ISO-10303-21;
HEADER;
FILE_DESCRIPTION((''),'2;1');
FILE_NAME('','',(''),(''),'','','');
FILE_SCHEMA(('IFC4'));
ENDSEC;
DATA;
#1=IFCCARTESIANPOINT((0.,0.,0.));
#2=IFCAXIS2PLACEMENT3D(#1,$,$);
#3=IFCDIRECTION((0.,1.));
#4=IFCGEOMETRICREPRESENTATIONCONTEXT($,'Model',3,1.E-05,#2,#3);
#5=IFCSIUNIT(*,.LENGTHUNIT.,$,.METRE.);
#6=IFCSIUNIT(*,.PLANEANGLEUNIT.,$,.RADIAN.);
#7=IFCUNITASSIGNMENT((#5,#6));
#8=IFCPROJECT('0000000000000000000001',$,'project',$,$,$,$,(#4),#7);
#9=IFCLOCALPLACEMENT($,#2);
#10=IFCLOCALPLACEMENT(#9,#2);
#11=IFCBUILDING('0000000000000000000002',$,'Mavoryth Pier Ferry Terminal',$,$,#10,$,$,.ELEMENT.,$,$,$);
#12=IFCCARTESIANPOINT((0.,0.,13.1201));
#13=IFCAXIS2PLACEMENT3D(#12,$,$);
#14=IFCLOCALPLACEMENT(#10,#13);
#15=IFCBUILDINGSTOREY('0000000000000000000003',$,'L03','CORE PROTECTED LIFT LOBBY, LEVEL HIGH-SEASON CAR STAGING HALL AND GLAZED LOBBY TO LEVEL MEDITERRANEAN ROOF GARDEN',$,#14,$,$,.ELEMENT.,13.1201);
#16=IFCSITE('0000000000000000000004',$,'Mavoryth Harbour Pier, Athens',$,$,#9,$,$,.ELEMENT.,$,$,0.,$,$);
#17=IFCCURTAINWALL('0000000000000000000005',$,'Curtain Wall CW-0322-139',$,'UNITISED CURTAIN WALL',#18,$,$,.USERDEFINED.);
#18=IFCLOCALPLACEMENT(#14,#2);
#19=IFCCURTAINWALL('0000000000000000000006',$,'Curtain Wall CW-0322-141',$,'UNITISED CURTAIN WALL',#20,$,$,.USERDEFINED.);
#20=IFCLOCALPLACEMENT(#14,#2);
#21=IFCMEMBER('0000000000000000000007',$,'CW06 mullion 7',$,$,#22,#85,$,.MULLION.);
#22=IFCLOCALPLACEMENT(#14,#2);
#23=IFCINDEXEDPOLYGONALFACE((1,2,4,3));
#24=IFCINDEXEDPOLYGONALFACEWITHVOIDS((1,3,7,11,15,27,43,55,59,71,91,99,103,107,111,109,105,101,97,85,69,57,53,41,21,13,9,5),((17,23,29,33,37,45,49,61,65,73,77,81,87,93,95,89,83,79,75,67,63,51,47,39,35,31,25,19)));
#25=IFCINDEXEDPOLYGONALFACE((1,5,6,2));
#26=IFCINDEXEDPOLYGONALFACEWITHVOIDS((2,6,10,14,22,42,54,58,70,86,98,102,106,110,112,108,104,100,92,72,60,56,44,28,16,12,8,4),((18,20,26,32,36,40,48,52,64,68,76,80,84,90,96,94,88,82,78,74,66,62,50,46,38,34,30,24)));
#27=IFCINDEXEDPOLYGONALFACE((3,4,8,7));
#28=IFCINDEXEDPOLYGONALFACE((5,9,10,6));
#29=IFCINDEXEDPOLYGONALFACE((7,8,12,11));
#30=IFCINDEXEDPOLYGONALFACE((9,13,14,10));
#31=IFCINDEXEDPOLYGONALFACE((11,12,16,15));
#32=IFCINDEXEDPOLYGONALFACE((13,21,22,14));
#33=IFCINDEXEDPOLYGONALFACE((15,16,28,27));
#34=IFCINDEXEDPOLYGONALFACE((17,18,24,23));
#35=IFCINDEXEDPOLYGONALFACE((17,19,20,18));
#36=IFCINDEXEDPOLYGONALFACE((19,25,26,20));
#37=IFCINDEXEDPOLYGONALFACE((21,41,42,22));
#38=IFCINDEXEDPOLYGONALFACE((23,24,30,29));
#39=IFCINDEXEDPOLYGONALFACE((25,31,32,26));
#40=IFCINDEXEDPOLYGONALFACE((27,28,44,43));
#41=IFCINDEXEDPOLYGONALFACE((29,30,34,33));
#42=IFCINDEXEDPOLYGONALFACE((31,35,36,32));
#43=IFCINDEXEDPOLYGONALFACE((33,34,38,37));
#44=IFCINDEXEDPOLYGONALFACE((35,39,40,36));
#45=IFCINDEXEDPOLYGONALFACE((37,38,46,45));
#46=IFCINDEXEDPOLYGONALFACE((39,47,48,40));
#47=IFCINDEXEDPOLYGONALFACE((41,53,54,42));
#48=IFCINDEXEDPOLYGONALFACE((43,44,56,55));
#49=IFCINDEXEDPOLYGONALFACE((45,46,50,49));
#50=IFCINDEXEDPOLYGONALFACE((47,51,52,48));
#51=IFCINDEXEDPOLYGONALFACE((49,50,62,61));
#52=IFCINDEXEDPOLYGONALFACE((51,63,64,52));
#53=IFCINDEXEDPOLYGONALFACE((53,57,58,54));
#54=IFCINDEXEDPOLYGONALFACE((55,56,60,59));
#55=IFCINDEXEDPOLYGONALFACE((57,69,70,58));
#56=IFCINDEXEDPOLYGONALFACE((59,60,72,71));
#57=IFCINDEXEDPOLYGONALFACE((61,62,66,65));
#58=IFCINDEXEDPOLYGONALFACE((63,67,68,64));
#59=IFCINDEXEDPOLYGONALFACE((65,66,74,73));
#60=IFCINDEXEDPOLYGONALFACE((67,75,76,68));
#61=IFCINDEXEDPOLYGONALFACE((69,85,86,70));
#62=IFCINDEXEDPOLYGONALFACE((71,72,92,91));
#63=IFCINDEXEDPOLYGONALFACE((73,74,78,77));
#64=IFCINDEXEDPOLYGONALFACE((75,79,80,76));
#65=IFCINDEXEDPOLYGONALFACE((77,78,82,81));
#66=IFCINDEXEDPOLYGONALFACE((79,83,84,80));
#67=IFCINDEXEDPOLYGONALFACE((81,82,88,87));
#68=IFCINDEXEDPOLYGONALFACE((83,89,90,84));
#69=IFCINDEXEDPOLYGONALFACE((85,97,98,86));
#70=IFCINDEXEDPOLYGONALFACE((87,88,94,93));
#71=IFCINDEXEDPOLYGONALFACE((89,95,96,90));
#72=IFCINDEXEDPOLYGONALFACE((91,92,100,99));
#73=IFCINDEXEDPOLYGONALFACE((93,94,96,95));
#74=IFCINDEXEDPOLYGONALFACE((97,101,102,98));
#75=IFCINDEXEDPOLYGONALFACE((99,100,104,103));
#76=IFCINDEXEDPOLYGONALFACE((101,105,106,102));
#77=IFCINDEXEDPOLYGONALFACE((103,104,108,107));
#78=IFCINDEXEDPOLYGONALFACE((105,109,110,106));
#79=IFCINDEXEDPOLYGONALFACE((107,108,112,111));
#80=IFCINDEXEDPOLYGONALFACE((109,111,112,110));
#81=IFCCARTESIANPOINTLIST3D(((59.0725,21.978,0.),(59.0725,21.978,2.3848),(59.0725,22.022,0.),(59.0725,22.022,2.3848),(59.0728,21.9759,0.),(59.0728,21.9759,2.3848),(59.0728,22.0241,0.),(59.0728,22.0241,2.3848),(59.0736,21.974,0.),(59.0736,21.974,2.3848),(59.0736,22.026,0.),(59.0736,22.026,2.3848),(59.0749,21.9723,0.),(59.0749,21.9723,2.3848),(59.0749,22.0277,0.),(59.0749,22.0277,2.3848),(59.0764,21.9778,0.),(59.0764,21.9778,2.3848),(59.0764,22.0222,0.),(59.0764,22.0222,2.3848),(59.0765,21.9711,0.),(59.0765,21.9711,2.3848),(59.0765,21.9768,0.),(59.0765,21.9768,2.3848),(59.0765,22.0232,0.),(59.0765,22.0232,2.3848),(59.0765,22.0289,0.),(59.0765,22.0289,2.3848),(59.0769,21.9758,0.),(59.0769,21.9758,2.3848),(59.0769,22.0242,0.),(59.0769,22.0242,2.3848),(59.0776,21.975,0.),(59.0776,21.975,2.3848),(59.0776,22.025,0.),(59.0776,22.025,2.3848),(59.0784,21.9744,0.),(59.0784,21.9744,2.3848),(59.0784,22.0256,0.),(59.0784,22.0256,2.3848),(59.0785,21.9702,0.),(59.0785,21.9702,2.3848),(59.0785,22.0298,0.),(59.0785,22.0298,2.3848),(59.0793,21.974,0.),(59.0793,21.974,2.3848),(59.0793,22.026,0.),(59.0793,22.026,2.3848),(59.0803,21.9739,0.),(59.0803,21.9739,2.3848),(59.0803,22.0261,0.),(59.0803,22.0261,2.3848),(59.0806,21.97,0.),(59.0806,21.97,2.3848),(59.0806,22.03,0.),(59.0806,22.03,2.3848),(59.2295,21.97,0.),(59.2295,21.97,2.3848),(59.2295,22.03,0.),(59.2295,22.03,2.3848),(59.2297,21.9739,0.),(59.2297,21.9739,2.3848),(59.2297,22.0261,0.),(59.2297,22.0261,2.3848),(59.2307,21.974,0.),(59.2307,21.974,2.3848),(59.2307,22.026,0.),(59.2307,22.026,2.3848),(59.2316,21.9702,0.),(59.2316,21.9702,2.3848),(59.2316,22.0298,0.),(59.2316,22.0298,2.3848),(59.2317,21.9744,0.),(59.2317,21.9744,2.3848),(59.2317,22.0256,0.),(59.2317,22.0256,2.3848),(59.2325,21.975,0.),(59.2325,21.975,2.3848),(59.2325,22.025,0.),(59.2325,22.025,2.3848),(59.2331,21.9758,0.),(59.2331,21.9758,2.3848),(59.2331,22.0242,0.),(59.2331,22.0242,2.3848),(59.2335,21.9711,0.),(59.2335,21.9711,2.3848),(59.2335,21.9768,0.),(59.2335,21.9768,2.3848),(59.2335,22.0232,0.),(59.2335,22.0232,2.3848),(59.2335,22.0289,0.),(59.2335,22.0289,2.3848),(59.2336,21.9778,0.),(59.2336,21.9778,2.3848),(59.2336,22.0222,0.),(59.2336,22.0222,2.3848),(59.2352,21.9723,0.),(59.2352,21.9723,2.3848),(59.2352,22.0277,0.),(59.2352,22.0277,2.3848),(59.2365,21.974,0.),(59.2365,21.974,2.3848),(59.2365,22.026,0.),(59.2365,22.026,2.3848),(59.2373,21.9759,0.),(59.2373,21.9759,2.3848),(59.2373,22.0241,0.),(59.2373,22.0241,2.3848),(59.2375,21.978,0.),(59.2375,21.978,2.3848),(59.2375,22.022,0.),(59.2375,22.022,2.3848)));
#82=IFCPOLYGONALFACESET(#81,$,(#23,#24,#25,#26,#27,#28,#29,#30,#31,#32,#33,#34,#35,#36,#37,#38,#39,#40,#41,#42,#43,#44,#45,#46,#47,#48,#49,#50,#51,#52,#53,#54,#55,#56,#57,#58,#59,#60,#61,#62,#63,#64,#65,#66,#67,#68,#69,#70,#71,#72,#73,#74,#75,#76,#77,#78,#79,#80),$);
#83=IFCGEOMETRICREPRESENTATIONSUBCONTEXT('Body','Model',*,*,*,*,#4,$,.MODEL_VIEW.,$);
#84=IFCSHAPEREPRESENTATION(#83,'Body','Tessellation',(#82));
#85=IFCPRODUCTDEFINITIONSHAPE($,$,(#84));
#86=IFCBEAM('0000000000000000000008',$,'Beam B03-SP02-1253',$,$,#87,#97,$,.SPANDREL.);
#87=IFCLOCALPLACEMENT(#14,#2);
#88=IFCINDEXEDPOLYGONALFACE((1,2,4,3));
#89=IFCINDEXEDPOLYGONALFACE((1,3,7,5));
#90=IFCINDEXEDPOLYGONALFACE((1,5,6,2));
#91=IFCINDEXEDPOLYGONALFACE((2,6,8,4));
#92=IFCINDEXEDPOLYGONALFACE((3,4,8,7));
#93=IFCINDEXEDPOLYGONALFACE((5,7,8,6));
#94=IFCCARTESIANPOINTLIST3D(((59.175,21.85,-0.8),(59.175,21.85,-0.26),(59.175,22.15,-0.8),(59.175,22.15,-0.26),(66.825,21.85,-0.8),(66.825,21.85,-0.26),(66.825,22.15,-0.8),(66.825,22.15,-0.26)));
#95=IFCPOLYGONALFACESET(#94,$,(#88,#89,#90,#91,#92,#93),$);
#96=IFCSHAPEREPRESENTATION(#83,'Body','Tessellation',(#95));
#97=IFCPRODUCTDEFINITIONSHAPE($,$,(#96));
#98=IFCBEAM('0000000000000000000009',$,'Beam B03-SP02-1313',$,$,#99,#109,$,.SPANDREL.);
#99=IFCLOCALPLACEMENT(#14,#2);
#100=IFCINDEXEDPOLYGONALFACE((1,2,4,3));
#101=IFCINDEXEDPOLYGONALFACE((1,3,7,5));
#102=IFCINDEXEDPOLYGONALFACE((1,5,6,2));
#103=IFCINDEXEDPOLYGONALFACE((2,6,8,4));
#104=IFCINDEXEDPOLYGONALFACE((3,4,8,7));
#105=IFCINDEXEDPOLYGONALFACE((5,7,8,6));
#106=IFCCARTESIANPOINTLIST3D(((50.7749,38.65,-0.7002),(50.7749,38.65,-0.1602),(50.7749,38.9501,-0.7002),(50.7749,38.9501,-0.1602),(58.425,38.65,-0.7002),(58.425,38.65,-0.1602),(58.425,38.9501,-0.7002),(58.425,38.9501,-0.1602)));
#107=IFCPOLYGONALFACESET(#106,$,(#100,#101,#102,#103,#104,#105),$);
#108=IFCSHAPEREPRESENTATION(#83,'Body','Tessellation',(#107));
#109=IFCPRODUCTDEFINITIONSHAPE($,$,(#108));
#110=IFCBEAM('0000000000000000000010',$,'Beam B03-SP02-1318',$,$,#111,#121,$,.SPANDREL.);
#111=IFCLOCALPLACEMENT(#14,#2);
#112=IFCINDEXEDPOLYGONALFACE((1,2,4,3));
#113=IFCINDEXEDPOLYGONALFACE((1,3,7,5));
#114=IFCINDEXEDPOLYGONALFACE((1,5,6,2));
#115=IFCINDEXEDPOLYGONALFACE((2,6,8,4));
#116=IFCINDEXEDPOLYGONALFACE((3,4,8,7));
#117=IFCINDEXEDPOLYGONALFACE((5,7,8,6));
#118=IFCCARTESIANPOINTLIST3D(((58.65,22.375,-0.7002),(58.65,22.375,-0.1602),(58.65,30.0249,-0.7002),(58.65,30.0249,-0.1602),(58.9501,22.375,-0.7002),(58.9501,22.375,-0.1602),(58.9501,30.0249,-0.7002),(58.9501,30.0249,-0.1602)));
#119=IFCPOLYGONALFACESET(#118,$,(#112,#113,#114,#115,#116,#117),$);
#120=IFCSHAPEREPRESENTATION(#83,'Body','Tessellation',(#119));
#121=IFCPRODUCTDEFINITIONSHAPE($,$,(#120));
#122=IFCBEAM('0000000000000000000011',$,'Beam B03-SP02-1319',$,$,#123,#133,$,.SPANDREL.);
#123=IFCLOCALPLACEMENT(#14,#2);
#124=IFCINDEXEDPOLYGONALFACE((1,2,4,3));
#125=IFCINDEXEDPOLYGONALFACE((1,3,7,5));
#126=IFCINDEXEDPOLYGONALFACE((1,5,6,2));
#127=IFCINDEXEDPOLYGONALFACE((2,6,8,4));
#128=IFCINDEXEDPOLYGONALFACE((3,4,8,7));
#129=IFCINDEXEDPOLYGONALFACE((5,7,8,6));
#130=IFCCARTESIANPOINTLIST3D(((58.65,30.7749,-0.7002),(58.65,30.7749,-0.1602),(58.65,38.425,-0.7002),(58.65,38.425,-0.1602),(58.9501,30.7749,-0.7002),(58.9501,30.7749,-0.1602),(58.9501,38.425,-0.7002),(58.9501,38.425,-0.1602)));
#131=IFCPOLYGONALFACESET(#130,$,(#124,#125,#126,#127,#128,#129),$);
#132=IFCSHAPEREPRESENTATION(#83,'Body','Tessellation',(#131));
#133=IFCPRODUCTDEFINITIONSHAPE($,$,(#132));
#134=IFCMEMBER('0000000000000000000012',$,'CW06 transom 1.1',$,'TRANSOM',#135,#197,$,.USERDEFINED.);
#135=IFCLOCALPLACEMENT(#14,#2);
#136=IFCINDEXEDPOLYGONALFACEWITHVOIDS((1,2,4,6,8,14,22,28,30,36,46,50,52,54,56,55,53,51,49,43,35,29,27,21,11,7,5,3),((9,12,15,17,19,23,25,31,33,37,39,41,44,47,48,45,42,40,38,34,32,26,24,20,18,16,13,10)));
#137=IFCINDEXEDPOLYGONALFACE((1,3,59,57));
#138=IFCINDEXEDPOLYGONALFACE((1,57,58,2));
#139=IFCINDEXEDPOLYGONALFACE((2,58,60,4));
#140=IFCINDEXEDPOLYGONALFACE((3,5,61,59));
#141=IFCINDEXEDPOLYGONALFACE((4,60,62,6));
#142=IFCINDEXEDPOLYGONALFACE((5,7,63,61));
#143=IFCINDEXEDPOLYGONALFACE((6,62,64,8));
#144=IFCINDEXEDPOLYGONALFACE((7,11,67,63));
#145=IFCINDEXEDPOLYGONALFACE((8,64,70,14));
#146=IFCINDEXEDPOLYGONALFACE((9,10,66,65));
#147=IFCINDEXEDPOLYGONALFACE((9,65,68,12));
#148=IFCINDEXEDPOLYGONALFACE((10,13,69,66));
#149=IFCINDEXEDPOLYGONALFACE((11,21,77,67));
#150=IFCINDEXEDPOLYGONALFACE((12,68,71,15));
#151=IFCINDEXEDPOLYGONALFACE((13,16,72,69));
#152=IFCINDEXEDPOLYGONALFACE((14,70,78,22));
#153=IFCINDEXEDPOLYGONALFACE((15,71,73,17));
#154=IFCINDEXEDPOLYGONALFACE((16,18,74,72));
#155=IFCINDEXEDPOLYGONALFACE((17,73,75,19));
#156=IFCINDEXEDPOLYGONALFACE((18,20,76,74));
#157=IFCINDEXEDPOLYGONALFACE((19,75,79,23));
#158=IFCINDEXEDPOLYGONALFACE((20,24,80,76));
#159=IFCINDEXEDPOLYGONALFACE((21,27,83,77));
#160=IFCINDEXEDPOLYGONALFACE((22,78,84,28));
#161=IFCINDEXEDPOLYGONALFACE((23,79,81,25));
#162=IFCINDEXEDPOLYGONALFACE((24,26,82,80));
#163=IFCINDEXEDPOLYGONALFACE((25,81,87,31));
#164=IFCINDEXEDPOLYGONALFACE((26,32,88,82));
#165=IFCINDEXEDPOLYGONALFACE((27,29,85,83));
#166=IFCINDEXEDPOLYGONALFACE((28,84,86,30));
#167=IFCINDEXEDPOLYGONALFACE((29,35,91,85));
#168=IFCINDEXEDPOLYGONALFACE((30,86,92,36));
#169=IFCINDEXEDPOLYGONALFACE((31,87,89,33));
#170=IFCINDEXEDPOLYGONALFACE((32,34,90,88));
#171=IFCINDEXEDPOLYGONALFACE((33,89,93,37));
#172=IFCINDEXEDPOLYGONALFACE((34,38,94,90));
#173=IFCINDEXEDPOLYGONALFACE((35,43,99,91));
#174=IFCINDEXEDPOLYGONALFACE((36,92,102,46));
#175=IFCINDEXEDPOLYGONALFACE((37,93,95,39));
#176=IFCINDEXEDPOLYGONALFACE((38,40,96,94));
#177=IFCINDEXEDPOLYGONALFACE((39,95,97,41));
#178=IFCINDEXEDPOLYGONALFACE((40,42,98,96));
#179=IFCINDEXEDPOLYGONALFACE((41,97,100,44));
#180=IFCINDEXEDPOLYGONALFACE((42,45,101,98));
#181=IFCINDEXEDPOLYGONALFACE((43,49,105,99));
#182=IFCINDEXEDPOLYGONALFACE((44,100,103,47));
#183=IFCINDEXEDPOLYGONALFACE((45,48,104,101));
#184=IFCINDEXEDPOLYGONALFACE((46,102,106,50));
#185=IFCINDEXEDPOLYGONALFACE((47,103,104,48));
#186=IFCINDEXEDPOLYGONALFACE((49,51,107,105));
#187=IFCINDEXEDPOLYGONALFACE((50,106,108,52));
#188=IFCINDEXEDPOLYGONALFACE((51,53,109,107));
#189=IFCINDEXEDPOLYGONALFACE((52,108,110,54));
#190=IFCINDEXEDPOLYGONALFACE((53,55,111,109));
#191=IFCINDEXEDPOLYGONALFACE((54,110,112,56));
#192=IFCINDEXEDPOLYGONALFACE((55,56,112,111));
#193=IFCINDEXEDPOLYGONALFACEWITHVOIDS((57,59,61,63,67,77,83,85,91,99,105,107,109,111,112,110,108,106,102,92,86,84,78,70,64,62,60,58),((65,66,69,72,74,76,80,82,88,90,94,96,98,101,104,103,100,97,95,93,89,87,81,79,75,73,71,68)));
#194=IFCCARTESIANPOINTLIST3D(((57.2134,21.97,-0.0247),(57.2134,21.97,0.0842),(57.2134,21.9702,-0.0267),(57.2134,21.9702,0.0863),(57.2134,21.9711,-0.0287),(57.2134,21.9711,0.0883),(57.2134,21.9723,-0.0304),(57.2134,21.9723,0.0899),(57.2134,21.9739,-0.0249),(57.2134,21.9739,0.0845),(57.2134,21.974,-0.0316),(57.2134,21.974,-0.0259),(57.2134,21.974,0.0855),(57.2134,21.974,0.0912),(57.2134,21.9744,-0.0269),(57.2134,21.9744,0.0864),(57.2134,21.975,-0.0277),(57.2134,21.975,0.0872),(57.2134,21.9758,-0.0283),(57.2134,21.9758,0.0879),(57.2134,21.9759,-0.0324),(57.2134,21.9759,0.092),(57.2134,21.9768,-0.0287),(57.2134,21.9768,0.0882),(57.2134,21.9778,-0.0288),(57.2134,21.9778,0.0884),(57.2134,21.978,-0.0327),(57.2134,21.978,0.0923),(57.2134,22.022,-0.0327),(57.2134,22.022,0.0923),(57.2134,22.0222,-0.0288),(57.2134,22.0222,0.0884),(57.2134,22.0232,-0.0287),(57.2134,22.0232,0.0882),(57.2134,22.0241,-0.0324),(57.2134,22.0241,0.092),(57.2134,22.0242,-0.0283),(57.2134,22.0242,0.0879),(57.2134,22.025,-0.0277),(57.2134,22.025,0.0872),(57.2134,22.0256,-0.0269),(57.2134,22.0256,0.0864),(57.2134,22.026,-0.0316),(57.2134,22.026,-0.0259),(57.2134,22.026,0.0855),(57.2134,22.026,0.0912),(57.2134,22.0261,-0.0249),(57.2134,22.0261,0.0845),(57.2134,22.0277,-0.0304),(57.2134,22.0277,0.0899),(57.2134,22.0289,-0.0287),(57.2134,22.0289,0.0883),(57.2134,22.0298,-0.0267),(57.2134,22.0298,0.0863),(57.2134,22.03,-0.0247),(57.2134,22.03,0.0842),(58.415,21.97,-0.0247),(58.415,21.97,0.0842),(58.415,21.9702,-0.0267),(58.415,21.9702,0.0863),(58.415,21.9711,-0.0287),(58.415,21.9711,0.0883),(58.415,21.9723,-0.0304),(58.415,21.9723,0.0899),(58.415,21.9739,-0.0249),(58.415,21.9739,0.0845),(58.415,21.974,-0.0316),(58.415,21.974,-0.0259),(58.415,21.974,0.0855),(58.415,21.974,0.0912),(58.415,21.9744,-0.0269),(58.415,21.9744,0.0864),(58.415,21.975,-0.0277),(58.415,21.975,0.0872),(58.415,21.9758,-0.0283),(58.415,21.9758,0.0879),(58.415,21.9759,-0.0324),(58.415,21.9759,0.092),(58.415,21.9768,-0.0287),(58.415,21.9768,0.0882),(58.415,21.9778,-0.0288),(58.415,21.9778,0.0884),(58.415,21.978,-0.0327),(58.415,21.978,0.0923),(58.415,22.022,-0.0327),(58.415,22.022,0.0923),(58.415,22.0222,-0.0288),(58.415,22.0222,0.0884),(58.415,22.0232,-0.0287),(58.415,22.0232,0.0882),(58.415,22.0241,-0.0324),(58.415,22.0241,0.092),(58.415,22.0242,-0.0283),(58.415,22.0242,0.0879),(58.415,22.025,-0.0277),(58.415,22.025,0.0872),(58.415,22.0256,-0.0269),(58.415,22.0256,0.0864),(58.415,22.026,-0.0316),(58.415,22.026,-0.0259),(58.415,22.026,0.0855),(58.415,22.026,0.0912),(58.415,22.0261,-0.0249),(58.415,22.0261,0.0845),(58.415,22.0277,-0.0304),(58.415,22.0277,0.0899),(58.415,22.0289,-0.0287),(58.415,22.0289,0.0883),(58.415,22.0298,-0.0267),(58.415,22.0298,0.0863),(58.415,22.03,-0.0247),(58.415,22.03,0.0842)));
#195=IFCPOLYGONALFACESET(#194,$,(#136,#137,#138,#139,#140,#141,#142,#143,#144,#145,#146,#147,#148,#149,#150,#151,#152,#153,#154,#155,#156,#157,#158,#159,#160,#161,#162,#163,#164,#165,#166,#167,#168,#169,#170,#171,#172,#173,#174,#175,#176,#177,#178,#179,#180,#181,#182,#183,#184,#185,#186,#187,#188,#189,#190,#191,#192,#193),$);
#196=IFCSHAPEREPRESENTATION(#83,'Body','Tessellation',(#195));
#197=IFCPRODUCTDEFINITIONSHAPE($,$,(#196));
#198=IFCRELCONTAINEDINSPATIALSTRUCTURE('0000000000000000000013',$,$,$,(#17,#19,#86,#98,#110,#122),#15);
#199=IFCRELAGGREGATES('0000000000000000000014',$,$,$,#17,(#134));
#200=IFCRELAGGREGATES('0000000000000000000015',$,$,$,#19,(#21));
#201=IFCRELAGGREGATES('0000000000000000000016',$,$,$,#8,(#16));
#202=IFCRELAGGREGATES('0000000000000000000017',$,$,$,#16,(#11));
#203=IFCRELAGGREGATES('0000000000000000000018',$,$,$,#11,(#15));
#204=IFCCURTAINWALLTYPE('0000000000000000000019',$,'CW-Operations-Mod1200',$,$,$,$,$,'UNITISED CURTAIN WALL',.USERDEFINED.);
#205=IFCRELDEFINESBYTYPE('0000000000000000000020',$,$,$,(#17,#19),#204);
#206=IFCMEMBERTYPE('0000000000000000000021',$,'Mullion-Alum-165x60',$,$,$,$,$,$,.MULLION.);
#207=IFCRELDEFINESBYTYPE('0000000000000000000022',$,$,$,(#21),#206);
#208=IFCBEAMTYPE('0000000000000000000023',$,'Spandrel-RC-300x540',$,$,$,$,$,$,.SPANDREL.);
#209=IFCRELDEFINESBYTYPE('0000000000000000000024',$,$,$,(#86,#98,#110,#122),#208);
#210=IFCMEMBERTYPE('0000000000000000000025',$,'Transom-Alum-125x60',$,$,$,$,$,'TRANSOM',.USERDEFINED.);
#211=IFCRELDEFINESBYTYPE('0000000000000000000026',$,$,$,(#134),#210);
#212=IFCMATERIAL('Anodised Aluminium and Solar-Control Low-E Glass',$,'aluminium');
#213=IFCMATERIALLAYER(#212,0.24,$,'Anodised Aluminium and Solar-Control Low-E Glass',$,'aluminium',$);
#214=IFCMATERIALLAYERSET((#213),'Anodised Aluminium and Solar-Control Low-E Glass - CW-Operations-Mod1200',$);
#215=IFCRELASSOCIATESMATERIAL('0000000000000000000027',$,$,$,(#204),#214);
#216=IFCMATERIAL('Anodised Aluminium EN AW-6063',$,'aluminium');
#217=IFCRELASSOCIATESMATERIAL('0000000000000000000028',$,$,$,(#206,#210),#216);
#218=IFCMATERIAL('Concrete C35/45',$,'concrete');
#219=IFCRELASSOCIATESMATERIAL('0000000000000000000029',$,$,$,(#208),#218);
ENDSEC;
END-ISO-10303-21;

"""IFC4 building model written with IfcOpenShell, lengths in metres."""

from ifc_helpers import new_model, si_unit, direction, frame, origin, origin_2d, place, context, subcontext, project, spatial, rectangle, hollow_rectangle, extrude, material, layer, layer_set, material_profile, profile_set, type_object, element, aggregate, save


model = new_model("IFC4")

# Units and contexts
model_context = context("Model", 3, precision=1e-05, world=origin(), true_north=direction((0.0, 1.0)))
body_context = subcontext(model_context, "Body", "Model", "MODEL_VIEW")
ifc_project = project(units=[si_unit("LENGTHUNIT", "METRE"), si_unit("PLANEANGLEUNIT", "RADIAN")], contexts=[model_context])

# Site, building, storey
site_placement = place(None, origin())
site = spatial("IfcSite", under=ifc_project, at=site_placement, Name="Mavoryth Harbour Pier, Athens", CompositionType="ELEMENT", RefElevation=0.0)
building_placement = place(site_placement, origin())
building = spatial("IfcBuilding", under=site, at=building_placement, Name="Mavoryth Pier Ferry Terminal", CompositionType="ELEMENT")
storey_placement = place(building_placement, frame((0.0, 0.0, 13.1201)))
storey = spatial("IfcBuildingStorey", under=building, at=storey_placement, Name="L03", Description="CORE PROTECTED LIFT LOBBY, LEVEL HIGH-SEASON CAR STAGING HALL AND GLAZED LOBBY TO LEVEL MEDITERRANEAN ROOF GARDEN", CompositionType="ELEMENT", Elevation=13.1201)

# Shared definitions
ifc_material_1 = material(Name="Concrete C35/45", Category="concrete")

# Curtain wall
ifc_material_2 = material(Name="Anodised Aluminium and Solar-Control Low-E Glass", Category="aluminium")
ifc_layer_1 = layer(ifc_material_2, 0.24, Name="Anodised Aluminium and Solar-Control Low-E Glass", Category="aluminium")
ifc_layer_set_1 = layer_set([ifc_layer_1], Name="Anodised Aluminium and Solar-Control Low-E Glass - CW-Operations-Mod1200")
curtain_wall_type = type_object("IfcCurtainWallType", Name="CW-Operations-Mod1200", ElementType="UNITISED CURTAIN WALL", PredefinedType="USERDEFINED", material=ifc_layer_set_1)
curtain_wall_1_placement = place(storey_placement, origin())
curtain_wall_1 = element("IfcCurtainWall", 1, at=curtain_wall_1_placement, inside=storey, type_object=curtain_wall_type, Name="Curtain Wall CW-0322-139", ObjectType="UNITISED CURTAIN WALL", PredefinedType="USERDEFINED")
ifc_material_3 = material(Name="Anodised Aluminium EN AW-6063", Category="aluminium")
ifc_material_profile_1 = material_profile(ifc_material_3, hollow_rectangle(XDim=0.0601, YDim=0.165, WallThickness=0.0039, InnerFilletRadius=0.0039, OuterFilletRadius=0.0081, at=origin_2d()), Name="AL-MULL 165x60x4", Category="aluminium")
ifc_profile_set_1 = profile_set([ifc_material_profile_1], Name="Anodised Aluminium EN AW-6063 - AL-MULL 165x60x4")
member_type_1 = type_object("IfcMemberType", Name="Mullion-Alum-165x60", PredefinedType="MULLION", material=ifc_profile_set_1)

# Curtain wall, member
curtain_wall_2_placement = place(storey_placement, origin())
curtain_wall_2 = element("IfcCurtainWall", 2, at=curtain_wall_2_placement, inside=storey, type_object=curtain_wall_type, Name="Curtain Wall CW-0322-141", ObjectType="UNITISED CURTAIN WALL", PredefinedType="USERDEFINED")
member_1_placement = place(storey_placement, frame((59.155, 22.0, 0.0), z_axis=(0.0, 0.0, 1.0), x_axis=(0.0, -1.0, 0.0)))
member_1 = element("IfcMember", 3, at=member_1_placement, type_object=member_type_1, Name="CW06 mullion 7", PredefinedType="MULLION", context=body_context, shape_type="SweptSolid", body=[
    extrude(hollow_rectangle(XDim=0.0601, YDim=0.165, WallThickness=0.0039, InnerFilletRadius=0.0039, OuterFilletRadius=0.0081, at=origin_2d()), origin(), (0.0, 0.0, 1.0), 2.3848),
])

# Beams
ifc_material_profile_2 = material_profile(ifc_material_1, rectangle(XDim=0.3, YDim=0.54, at=origin_2d()), Name="RC 300x540", Category="concrete")
ifc_profile_set_2 = profile_set([ifc_material_profile_2], Name="Concrete C35/45 - RC 300x540")
beam_type_1 = type_object("IfcBeamType", Name="Spandrel-RC-300x540", PredefinedType="SPANDREL", material=ifc_profile_set_2)
beam_1_placement = place(storey_placement, frame((59.175, 22.0, -0.53), z_axis=(1.0, 0.0, 0.0), x_axis=(0.0, 1.0, 0.0)))
element("IfcBeam", 4, at=beam_1_placement, inside=storey, type_object=beam_type_1, Name="Beam B03-SP02-1253", PredefinedType="SPANDREL", context=body_context, shape_type="SweptSolid", body=[
    extrude(rectangle(XDim=0.3, YDim=0.54, at=origin_2d()), origin(), (0.0, 0.0, 1.0), 7.6499),
])
beam_2_placement = place(storey_placement, frame((50.7749, 38.8, -0.4302), z_axis=(1.0, 0.0, 0.0), x_axis=(0.0, 1.0, 0.0)))
element("IfcBeam", 5, at=beam_2_placement, inside=storey, type_object=beam_type_1, Name="Beam B03-SP02-1313", PredefinedType="SPANDREL", context=body_context, shape_type="SweptSolid", body=[
    extrude(rectangle(XDim=0.3, YDim=0.54, at=origin_2d()), origin(), (0.0, 0.0, 1.0), 7.6501),
])
beam_3_placement = place(storey_placement, frame((58.8, 22.375, -0.4302), z_axis=(0.0, 1.0, 0.0), x_axis=(-1.0, 0.0, 0.0)))
element("IfcBeam", 6, at=beam_3_placement, inside=storey, type_object=beam_type_1, Name="Beam B03-SP02-1318", PredefinedType="SPANDREL", context=body_context, shape_type="SweptSolid", body=[
    extrude(rectangle(XDim=0.3, YDim=0.54, at=origin_2d()), origin(), (0.0, 0.0, 1.0), 7.6499),
])
beam_4_placement = place(storey_placement, frame((58.8, 30.7749, -0.4302), z_axis=(0.0, 1.0, 0.0), x_axis=(-1.0, 0.0, 0.0)))
element("IfcBeam", 7, at=beam_4_placement, inside=storey, type_object=beam_type_1, Name="Beam B03-SP02-1319", PredefinedType="SPANDREL", context=body_context, shape_type="SweptSolid", body=[
    extrude(rectangle(XDim=0.3, YDim=0.54, at=origin_2d()), origin(), (0.0, 0.0, 1.0), 7.6501),
])

# Member
ifc_material_profile_3 = material_profile(ifc_material_3, hollow_rectangle(XDim=0.0601, YDim=0.125, WallThickness=0.0039, InnerFilletRadius=0.0039, OuterFilletRadius=0.0081, at=origin_2d()), Name="AL-TRAN 125x60x4", Category="aluminium")
ifc_profile_set_3 = profile_set([ifc_material_profile_3], Name="Anodised Aluminium EN AW-6063 - AL-TRAN 125x60x4")
member_type_2 = type_object("IfcMemberType", Name="Transom-Alum-125x60", ElementType="TRANSOM", PredefinedType="USERDEFINED", material=ifc_profile_set_3)
member_2_placement = place(storey_placement, frame((58.415, 22.0, 0.0298), z_axis=(-1.0, 0.0, 0.0), x_axis=(0.0, -1.0, 0.0)))
member_2 = element("IfcMember", 8, at=member_2_placement, type_object=member_type_2, Name="CW06 transom 1.1", ObjectType="TRANSOM", PredefinedType="USERDEFINED", context=body_context, shape_type="SweptSolid", body=[
    extrude(hollow_rectangle(XDim=0.0601, YDim=0.125, WallThickness=0.0039, InnerFilletRadius=0.0039, OuterFilletRadius=0.0081, at=origin_2d()), origin(), (0.0, 0.0, 1.0), 1.2017),
])
aggregate(curtain_wall_1, [member_2])

aggregate(curtain_wall_2, [member_1])

save(model, "model.ifc")
